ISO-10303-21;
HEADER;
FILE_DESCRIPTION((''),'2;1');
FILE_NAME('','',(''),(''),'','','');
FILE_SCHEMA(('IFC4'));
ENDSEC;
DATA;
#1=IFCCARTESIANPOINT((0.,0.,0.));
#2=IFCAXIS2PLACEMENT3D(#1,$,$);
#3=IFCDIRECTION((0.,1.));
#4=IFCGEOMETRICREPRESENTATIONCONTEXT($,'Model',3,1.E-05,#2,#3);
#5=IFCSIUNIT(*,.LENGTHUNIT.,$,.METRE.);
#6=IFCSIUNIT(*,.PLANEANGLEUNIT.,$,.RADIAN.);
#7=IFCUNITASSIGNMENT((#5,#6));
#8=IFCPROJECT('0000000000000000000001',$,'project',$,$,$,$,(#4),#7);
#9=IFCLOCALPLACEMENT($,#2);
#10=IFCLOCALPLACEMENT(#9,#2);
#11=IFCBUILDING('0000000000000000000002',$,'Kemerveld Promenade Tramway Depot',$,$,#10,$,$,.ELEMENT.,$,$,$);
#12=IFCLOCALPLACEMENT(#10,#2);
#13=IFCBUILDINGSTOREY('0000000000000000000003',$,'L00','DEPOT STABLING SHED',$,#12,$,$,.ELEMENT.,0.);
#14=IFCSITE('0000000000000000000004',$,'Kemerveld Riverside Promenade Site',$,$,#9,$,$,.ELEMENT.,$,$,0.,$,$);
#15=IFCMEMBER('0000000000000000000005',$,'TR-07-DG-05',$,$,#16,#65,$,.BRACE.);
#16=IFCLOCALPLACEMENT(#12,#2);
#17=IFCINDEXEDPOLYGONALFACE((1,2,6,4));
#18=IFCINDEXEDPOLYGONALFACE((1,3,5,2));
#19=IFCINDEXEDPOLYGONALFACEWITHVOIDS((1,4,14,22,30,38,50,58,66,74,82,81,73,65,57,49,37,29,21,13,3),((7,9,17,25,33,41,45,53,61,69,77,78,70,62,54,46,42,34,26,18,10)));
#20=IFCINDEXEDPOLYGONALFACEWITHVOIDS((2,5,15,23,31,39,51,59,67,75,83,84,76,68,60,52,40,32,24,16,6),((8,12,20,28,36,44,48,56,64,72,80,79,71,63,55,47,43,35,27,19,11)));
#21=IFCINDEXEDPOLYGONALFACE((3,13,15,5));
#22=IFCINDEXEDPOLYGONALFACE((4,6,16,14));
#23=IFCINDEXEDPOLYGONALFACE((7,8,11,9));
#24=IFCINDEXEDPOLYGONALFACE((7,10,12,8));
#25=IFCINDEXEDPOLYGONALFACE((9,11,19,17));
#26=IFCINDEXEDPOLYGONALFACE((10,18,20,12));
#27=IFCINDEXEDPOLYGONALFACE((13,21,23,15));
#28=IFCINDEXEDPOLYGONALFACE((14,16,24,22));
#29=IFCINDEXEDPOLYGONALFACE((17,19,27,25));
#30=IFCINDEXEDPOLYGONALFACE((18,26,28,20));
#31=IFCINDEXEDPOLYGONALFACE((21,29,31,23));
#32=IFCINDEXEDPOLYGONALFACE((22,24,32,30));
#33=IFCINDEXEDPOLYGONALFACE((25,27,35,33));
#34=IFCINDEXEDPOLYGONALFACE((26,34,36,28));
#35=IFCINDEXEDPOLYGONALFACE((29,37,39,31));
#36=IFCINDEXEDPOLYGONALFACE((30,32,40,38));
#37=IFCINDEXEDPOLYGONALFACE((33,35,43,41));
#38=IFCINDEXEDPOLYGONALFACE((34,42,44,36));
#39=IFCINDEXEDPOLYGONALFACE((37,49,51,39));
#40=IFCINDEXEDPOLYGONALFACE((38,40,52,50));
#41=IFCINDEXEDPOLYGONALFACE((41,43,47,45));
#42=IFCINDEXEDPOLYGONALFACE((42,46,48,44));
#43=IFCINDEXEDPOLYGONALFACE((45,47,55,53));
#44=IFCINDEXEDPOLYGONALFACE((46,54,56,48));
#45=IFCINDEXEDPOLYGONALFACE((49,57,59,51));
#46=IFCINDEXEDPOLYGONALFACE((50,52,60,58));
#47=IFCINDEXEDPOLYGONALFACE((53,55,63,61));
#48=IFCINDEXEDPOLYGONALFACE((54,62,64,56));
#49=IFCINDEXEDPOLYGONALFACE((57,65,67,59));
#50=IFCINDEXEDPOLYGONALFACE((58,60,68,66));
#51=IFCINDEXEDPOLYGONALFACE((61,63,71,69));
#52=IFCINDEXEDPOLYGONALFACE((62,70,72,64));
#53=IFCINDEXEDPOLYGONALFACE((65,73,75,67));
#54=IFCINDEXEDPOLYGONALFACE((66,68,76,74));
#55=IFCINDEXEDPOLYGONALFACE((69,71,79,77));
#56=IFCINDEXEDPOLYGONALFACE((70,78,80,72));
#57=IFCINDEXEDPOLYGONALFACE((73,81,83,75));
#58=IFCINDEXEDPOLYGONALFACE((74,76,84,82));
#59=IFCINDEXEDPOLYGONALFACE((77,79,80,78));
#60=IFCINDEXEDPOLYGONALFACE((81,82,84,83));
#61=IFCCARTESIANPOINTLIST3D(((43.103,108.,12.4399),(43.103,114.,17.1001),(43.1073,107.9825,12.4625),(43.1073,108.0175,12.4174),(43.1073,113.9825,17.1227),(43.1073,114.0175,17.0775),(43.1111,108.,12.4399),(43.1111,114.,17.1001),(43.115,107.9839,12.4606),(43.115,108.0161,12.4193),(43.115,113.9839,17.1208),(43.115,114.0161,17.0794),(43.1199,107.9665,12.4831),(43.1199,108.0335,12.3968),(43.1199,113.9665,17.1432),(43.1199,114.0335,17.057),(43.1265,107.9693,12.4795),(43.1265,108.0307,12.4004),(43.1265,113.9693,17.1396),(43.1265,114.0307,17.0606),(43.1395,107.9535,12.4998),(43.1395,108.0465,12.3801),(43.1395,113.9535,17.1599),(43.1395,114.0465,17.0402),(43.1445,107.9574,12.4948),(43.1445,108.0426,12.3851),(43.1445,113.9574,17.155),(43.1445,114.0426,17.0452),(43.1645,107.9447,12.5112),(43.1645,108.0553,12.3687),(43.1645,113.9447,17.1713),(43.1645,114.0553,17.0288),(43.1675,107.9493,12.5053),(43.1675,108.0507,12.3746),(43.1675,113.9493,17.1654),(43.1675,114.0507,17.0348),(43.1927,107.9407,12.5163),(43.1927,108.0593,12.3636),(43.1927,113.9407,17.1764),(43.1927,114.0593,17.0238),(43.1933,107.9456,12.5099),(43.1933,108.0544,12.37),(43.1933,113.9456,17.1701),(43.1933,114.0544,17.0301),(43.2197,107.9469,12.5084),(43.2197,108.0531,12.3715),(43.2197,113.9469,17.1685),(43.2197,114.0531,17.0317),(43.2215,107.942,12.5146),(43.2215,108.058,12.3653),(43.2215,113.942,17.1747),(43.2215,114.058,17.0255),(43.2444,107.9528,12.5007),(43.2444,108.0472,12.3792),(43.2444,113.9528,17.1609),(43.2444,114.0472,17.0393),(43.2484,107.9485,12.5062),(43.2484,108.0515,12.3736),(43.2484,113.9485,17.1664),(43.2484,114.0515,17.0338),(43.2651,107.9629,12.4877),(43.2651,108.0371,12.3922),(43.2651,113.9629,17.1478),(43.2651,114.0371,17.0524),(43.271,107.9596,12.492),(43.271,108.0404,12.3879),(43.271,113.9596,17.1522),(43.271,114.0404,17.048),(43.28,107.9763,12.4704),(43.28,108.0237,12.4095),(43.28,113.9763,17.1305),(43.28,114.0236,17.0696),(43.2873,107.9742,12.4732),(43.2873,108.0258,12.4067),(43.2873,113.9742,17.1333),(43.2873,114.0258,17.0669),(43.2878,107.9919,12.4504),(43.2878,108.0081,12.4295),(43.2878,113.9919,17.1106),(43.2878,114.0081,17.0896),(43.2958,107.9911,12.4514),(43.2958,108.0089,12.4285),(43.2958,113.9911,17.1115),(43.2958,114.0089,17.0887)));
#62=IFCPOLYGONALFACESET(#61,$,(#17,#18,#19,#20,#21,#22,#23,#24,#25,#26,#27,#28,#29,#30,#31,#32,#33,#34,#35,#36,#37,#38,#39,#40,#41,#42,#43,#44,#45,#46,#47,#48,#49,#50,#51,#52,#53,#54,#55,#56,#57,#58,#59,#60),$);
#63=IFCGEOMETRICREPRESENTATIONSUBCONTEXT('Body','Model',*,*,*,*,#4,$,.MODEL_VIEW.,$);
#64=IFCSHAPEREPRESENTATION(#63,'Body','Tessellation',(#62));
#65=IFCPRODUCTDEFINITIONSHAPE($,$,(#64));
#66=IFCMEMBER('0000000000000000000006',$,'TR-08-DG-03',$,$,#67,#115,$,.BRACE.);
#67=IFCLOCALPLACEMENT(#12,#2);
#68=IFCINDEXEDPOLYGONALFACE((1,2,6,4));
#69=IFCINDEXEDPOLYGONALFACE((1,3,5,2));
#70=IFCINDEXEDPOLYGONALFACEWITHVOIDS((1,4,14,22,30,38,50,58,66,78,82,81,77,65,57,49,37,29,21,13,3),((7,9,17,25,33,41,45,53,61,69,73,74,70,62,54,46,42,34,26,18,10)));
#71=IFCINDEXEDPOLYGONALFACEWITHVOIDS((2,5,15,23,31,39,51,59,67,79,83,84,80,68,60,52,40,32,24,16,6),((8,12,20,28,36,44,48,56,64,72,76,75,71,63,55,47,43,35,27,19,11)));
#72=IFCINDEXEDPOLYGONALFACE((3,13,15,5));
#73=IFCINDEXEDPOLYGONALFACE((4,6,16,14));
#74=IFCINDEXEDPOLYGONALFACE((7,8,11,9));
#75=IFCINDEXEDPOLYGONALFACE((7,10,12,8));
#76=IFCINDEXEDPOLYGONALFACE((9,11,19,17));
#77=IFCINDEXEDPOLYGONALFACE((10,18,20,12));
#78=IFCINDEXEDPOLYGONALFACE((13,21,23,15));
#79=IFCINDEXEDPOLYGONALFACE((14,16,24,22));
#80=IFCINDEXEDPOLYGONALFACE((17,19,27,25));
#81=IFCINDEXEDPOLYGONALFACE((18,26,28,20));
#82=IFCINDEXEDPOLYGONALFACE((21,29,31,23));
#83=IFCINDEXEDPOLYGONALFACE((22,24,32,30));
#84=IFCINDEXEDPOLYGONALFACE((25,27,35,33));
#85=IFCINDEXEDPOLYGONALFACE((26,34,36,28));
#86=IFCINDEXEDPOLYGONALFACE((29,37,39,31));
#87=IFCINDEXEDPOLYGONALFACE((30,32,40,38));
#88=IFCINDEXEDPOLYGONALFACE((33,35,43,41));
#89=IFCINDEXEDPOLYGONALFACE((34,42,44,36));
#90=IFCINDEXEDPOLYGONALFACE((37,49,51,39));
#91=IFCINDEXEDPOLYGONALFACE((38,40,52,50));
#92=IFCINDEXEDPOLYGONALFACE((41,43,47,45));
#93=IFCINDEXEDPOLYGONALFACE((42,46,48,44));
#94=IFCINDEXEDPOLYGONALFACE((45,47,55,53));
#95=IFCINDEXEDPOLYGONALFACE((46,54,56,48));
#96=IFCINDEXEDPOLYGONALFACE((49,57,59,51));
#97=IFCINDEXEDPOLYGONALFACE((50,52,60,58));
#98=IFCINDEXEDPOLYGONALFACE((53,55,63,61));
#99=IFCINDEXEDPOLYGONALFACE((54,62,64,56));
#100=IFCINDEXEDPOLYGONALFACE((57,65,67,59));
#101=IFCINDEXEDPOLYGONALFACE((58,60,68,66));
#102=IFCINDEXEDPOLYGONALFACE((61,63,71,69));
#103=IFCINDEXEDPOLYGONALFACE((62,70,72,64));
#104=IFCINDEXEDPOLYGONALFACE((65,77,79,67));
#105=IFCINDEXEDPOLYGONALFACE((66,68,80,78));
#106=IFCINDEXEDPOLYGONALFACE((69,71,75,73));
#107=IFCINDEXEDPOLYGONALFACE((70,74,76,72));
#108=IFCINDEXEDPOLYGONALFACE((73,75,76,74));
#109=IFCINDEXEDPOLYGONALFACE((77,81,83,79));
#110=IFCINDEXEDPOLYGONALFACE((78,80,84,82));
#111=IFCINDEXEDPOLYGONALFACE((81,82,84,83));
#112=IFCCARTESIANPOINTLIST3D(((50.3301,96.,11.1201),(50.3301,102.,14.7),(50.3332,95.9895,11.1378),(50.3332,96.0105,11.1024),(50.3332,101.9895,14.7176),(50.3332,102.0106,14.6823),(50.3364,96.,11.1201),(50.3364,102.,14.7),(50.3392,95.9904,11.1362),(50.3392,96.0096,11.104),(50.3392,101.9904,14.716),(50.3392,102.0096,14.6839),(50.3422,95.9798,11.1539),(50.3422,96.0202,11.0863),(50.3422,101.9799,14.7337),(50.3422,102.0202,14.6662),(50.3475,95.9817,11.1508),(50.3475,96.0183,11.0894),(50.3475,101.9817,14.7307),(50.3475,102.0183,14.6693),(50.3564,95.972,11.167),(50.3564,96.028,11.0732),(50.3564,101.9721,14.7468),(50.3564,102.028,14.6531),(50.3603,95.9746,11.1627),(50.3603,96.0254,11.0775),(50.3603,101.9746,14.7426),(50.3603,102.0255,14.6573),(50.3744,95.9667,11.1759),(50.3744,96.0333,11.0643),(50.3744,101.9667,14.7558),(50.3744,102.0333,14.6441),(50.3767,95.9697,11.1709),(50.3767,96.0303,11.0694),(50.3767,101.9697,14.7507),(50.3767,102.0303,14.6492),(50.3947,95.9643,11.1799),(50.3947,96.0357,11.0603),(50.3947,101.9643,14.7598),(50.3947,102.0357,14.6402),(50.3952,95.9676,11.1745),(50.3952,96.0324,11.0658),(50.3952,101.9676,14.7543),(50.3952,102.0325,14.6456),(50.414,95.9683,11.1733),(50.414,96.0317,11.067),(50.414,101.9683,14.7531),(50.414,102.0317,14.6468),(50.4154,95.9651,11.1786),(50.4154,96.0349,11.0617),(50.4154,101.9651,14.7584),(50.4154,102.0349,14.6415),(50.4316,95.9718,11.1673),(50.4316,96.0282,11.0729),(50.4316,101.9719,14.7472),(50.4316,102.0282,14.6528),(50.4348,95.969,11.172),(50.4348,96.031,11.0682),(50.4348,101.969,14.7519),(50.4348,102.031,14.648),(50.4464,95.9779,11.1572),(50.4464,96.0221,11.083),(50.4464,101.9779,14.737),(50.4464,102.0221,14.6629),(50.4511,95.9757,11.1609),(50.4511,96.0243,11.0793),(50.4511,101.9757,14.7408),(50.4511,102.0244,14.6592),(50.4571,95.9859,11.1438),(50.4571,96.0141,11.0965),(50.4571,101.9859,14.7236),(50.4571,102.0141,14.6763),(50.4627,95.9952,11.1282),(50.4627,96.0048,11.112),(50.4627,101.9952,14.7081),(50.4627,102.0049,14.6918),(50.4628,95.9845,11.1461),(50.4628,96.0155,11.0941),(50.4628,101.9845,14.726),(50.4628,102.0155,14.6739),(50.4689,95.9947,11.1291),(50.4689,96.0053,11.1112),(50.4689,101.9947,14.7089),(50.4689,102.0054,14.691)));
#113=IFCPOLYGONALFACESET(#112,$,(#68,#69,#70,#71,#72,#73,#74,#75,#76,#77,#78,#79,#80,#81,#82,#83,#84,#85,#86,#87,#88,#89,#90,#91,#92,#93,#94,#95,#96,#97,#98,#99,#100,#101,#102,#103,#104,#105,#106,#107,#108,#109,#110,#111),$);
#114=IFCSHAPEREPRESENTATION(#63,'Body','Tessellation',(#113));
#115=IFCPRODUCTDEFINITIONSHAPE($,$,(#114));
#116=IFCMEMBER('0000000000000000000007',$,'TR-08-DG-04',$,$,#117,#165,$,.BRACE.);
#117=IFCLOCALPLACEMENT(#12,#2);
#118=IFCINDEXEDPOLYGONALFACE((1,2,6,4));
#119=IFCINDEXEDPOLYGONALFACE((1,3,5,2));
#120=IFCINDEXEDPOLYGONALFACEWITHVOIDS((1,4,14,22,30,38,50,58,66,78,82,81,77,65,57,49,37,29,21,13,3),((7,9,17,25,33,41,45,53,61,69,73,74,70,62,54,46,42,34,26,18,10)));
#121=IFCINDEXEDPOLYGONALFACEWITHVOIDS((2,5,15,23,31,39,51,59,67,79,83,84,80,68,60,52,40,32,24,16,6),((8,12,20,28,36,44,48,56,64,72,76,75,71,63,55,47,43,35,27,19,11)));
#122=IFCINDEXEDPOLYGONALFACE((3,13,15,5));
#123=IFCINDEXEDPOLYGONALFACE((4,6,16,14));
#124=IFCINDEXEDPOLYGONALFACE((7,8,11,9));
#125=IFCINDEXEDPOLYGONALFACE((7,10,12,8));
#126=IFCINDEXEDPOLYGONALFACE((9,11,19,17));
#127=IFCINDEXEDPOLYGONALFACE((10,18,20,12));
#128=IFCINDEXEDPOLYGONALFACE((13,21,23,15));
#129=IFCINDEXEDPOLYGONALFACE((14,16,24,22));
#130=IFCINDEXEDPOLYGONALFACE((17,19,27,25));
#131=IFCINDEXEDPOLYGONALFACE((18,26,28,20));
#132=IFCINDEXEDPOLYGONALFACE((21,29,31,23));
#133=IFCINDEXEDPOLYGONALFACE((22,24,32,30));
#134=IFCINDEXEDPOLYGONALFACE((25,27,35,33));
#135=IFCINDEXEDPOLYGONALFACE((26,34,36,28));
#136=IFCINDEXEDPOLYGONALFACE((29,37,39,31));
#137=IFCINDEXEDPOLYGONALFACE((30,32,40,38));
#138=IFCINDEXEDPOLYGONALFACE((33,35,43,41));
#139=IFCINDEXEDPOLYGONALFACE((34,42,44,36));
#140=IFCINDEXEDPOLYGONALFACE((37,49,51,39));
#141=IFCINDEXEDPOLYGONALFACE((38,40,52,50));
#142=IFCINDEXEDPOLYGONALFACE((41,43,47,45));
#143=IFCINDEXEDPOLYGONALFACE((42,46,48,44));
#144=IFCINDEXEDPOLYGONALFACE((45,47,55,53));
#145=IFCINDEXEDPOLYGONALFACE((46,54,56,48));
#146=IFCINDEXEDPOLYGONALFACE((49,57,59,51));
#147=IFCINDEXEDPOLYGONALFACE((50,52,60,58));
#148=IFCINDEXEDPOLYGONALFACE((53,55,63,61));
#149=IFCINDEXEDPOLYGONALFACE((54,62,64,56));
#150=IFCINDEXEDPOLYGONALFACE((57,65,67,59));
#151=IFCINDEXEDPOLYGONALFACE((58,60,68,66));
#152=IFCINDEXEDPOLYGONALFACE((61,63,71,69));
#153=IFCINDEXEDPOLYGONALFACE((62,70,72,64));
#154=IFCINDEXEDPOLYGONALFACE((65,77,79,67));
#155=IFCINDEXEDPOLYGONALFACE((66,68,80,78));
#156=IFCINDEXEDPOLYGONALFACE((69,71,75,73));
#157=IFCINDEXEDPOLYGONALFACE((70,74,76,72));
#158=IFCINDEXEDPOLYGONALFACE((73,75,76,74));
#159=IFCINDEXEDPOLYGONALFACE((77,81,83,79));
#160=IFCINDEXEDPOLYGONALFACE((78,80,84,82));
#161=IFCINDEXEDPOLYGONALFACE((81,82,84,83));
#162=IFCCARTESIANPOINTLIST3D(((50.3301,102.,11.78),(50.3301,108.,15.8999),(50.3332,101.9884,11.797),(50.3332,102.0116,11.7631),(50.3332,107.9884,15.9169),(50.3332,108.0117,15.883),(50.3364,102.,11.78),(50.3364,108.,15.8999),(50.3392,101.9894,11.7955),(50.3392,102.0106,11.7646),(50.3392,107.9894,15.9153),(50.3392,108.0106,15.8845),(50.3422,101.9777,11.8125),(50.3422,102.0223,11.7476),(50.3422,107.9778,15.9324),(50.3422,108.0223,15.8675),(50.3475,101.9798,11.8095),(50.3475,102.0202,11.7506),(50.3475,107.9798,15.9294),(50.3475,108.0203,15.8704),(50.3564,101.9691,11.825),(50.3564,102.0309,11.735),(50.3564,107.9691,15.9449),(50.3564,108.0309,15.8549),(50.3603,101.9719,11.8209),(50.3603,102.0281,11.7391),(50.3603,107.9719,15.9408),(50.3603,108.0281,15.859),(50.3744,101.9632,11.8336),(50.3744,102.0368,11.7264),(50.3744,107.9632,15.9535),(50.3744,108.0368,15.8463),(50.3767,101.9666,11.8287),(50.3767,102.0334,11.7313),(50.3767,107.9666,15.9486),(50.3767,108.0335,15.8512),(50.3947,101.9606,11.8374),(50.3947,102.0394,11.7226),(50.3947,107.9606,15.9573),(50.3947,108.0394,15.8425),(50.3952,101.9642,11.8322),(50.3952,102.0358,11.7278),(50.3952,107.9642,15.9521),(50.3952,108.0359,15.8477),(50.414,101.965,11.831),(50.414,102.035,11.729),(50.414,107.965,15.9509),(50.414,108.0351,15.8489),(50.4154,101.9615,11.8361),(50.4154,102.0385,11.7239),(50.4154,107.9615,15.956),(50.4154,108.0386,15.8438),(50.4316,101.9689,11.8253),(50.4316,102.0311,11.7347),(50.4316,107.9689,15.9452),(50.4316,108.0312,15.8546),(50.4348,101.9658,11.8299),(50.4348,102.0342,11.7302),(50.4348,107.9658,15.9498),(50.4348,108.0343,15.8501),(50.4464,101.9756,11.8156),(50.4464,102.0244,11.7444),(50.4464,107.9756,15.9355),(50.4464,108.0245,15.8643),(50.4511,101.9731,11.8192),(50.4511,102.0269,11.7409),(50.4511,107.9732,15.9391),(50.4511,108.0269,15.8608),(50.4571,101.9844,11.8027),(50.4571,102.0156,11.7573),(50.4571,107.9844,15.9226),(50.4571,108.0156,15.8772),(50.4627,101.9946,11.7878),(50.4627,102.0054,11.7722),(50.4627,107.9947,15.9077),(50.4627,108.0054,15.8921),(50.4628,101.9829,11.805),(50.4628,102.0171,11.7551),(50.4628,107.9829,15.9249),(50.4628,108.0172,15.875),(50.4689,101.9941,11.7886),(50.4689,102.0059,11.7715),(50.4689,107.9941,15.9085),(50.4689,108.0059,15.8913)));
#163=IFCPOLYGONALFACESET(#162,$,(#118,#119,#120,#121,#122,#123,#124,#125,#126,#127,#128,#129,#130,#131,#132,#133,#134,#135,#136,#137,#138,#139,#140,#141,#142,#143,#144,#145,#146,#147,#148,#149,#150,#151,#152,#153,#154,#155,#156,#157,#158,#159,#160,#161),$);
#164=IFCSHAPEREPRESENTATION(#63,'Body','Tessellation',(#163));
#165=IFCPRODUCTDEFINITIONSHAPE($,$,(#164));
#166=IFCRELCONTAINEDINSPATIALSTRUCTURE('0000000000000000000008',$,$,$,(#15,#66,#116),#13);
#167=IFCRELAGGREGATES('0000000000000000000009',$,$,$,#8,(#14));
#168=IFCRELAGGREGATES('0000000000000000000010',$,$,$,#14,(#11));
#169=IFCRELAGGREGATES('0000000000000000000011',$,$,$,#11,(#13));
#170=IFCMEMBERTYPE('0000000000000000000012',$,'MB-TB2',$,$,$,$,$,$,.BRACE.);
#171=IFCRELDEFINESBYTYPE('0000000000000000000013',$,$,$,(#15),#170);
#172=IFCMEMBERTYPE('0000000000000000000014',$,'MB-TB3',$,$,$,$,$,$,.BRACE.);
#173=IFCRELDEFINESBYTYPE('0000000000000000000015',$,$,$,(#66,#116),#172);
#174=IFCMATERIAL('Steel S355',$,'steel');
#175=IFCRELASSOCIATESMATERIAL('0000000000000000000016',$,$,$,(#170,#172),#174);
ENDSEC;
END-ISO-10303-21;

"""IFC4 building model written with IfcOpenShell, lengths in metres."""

from ifc_helpers import new_model, si_unit, direction, frame, origin, origin_2d, place, context, subcontext, project, spatial, hollow_circle, extrude, material, material_profile, profile_set, type_object, element, save


model = new_model("IFC4")

# Units and contexts
model_context = context("Model", 3, precision=1e-05, world=origin(), true_north=direction((0.0, 1.0)))
body_context = subcontext(model_context, "Body", "Model", "MODEL_VIEW")
ifc_project = project(units=[si_unit("LENGTHUNIT", "METRE"), si_unit("PLANEANGLEUNIT", "RADIAN")], contexts=[model_context])

# Site, building, storey
site_placement = place(None, origin())
site = spatial("IfcSite", under=ifc_project, at=site_placement, Name="Kemerveld Riverside Promenade Site", CompositionType="ELEMENT", RefElevation=0.0)
building_placement = place(site_placement, origin())
building = spatial("IfcBuilding", under=site, at=building_placement, Name="Kemerveld Promenade Tramway Depot", CompositionType="ELEMENT")
storey_placement = place(building_placement, origin())
storey = spatial("IfcBuildingStorey", under=building, at=storey_placement, Name="L00", Description="DEPOT STABLING SHED", CompositionType="ELEMENT", Elevation=0.0)

# Members
ifc_material = material(Name="Steel S355", Category="steel")
ifc_material_profile_1 = material_profile(ifc_material, hollow_circle(Radius=0.0969, WallThickness=0.0081, at=origin_2d()), Name="193.7x8.0 CHS")
ifc_profile_set_1 = profile_set([ifc_material_profile_1], Name="Steel S355")
member_type_1 = type_object("IfcMemberType", Name="MB-TB2", PredefinedType="BRACE", material=ifc_profile_set_1)
member_1_placement = place(storey_placement, frame((43.2, 108.0, 12.4399), z_axis=(0.0, 0.789767, 0.613407), x_axis=(-1.0, 0.0, 0.0)))
element("IfcMember", 1, at=member_1_placement, inside=storey, type_object=member_type_1, Name="TR-07-DG-05", PredefinedType="BRACE", context=body_context, shape_type="SweptSolid", body=[
    extrude(hollow_circle(Radius=0.0969, WallThickness=0.0081, at=origin_2d()), origin(), (0.0, 0.0, 1.0), 7.5972),
])
ifc_material_profile_2 = material_profile(ifc_material, hollow_circle(Radius=0.0698, WallThickness=0.0063, at=origin_2d()), Name="139.7x6.3 CHS")
ifc_profile_set_2 = profile_set([ifc_material_profile_2], Name="Steel S355")
member_type_2 = type_object("IfcMemberType", Name="MB-TB3", PredefinedType="BRACE", material=ifc_profile_set_2)
member_2_placement = place(storey_placement, frame((50.3999, 96.0, 11.1201), z_axis=(0.0, 0.858764, 0.512372), x_axis=(-1.0, 0.0, 0.0)))
element("IfcMember", 2, at=member_2_placement, inside=storey, type_object=member_type_2, Name="TR-08-DG-03", PredefinedType="BRACE", context=body_context, shape_type="SweptSolid", body=[
    extrude(hollow_circle(Radius=0.0698, WallThickness=0.0063, at=origin_2d()), origin(), (0.0, 0.0, 1.0), 6.9868),
])
member_3_placement = place(storey_placement, frame((50.3999, 102.0, 11.78), z_axis=(0.0, 0.824371, 0.56605), x_axis=(-1.0, 0.0, 0.0)))
element("IfcMember", 3, at=member_3_placement, inside=storey, type_object=member_type_2, Name="TR-08-DG-04", PredefinedType="BRACE", context=body_context, shape_type="SweptSolid", body=[
    extrude(hollow_circle(Radius=0.0698, WallThickness=0.0063, at=origin_2d()), origin(), (0.0, 0.0, 1.0), 7.2783),
])

save(model, "model.ifc")
